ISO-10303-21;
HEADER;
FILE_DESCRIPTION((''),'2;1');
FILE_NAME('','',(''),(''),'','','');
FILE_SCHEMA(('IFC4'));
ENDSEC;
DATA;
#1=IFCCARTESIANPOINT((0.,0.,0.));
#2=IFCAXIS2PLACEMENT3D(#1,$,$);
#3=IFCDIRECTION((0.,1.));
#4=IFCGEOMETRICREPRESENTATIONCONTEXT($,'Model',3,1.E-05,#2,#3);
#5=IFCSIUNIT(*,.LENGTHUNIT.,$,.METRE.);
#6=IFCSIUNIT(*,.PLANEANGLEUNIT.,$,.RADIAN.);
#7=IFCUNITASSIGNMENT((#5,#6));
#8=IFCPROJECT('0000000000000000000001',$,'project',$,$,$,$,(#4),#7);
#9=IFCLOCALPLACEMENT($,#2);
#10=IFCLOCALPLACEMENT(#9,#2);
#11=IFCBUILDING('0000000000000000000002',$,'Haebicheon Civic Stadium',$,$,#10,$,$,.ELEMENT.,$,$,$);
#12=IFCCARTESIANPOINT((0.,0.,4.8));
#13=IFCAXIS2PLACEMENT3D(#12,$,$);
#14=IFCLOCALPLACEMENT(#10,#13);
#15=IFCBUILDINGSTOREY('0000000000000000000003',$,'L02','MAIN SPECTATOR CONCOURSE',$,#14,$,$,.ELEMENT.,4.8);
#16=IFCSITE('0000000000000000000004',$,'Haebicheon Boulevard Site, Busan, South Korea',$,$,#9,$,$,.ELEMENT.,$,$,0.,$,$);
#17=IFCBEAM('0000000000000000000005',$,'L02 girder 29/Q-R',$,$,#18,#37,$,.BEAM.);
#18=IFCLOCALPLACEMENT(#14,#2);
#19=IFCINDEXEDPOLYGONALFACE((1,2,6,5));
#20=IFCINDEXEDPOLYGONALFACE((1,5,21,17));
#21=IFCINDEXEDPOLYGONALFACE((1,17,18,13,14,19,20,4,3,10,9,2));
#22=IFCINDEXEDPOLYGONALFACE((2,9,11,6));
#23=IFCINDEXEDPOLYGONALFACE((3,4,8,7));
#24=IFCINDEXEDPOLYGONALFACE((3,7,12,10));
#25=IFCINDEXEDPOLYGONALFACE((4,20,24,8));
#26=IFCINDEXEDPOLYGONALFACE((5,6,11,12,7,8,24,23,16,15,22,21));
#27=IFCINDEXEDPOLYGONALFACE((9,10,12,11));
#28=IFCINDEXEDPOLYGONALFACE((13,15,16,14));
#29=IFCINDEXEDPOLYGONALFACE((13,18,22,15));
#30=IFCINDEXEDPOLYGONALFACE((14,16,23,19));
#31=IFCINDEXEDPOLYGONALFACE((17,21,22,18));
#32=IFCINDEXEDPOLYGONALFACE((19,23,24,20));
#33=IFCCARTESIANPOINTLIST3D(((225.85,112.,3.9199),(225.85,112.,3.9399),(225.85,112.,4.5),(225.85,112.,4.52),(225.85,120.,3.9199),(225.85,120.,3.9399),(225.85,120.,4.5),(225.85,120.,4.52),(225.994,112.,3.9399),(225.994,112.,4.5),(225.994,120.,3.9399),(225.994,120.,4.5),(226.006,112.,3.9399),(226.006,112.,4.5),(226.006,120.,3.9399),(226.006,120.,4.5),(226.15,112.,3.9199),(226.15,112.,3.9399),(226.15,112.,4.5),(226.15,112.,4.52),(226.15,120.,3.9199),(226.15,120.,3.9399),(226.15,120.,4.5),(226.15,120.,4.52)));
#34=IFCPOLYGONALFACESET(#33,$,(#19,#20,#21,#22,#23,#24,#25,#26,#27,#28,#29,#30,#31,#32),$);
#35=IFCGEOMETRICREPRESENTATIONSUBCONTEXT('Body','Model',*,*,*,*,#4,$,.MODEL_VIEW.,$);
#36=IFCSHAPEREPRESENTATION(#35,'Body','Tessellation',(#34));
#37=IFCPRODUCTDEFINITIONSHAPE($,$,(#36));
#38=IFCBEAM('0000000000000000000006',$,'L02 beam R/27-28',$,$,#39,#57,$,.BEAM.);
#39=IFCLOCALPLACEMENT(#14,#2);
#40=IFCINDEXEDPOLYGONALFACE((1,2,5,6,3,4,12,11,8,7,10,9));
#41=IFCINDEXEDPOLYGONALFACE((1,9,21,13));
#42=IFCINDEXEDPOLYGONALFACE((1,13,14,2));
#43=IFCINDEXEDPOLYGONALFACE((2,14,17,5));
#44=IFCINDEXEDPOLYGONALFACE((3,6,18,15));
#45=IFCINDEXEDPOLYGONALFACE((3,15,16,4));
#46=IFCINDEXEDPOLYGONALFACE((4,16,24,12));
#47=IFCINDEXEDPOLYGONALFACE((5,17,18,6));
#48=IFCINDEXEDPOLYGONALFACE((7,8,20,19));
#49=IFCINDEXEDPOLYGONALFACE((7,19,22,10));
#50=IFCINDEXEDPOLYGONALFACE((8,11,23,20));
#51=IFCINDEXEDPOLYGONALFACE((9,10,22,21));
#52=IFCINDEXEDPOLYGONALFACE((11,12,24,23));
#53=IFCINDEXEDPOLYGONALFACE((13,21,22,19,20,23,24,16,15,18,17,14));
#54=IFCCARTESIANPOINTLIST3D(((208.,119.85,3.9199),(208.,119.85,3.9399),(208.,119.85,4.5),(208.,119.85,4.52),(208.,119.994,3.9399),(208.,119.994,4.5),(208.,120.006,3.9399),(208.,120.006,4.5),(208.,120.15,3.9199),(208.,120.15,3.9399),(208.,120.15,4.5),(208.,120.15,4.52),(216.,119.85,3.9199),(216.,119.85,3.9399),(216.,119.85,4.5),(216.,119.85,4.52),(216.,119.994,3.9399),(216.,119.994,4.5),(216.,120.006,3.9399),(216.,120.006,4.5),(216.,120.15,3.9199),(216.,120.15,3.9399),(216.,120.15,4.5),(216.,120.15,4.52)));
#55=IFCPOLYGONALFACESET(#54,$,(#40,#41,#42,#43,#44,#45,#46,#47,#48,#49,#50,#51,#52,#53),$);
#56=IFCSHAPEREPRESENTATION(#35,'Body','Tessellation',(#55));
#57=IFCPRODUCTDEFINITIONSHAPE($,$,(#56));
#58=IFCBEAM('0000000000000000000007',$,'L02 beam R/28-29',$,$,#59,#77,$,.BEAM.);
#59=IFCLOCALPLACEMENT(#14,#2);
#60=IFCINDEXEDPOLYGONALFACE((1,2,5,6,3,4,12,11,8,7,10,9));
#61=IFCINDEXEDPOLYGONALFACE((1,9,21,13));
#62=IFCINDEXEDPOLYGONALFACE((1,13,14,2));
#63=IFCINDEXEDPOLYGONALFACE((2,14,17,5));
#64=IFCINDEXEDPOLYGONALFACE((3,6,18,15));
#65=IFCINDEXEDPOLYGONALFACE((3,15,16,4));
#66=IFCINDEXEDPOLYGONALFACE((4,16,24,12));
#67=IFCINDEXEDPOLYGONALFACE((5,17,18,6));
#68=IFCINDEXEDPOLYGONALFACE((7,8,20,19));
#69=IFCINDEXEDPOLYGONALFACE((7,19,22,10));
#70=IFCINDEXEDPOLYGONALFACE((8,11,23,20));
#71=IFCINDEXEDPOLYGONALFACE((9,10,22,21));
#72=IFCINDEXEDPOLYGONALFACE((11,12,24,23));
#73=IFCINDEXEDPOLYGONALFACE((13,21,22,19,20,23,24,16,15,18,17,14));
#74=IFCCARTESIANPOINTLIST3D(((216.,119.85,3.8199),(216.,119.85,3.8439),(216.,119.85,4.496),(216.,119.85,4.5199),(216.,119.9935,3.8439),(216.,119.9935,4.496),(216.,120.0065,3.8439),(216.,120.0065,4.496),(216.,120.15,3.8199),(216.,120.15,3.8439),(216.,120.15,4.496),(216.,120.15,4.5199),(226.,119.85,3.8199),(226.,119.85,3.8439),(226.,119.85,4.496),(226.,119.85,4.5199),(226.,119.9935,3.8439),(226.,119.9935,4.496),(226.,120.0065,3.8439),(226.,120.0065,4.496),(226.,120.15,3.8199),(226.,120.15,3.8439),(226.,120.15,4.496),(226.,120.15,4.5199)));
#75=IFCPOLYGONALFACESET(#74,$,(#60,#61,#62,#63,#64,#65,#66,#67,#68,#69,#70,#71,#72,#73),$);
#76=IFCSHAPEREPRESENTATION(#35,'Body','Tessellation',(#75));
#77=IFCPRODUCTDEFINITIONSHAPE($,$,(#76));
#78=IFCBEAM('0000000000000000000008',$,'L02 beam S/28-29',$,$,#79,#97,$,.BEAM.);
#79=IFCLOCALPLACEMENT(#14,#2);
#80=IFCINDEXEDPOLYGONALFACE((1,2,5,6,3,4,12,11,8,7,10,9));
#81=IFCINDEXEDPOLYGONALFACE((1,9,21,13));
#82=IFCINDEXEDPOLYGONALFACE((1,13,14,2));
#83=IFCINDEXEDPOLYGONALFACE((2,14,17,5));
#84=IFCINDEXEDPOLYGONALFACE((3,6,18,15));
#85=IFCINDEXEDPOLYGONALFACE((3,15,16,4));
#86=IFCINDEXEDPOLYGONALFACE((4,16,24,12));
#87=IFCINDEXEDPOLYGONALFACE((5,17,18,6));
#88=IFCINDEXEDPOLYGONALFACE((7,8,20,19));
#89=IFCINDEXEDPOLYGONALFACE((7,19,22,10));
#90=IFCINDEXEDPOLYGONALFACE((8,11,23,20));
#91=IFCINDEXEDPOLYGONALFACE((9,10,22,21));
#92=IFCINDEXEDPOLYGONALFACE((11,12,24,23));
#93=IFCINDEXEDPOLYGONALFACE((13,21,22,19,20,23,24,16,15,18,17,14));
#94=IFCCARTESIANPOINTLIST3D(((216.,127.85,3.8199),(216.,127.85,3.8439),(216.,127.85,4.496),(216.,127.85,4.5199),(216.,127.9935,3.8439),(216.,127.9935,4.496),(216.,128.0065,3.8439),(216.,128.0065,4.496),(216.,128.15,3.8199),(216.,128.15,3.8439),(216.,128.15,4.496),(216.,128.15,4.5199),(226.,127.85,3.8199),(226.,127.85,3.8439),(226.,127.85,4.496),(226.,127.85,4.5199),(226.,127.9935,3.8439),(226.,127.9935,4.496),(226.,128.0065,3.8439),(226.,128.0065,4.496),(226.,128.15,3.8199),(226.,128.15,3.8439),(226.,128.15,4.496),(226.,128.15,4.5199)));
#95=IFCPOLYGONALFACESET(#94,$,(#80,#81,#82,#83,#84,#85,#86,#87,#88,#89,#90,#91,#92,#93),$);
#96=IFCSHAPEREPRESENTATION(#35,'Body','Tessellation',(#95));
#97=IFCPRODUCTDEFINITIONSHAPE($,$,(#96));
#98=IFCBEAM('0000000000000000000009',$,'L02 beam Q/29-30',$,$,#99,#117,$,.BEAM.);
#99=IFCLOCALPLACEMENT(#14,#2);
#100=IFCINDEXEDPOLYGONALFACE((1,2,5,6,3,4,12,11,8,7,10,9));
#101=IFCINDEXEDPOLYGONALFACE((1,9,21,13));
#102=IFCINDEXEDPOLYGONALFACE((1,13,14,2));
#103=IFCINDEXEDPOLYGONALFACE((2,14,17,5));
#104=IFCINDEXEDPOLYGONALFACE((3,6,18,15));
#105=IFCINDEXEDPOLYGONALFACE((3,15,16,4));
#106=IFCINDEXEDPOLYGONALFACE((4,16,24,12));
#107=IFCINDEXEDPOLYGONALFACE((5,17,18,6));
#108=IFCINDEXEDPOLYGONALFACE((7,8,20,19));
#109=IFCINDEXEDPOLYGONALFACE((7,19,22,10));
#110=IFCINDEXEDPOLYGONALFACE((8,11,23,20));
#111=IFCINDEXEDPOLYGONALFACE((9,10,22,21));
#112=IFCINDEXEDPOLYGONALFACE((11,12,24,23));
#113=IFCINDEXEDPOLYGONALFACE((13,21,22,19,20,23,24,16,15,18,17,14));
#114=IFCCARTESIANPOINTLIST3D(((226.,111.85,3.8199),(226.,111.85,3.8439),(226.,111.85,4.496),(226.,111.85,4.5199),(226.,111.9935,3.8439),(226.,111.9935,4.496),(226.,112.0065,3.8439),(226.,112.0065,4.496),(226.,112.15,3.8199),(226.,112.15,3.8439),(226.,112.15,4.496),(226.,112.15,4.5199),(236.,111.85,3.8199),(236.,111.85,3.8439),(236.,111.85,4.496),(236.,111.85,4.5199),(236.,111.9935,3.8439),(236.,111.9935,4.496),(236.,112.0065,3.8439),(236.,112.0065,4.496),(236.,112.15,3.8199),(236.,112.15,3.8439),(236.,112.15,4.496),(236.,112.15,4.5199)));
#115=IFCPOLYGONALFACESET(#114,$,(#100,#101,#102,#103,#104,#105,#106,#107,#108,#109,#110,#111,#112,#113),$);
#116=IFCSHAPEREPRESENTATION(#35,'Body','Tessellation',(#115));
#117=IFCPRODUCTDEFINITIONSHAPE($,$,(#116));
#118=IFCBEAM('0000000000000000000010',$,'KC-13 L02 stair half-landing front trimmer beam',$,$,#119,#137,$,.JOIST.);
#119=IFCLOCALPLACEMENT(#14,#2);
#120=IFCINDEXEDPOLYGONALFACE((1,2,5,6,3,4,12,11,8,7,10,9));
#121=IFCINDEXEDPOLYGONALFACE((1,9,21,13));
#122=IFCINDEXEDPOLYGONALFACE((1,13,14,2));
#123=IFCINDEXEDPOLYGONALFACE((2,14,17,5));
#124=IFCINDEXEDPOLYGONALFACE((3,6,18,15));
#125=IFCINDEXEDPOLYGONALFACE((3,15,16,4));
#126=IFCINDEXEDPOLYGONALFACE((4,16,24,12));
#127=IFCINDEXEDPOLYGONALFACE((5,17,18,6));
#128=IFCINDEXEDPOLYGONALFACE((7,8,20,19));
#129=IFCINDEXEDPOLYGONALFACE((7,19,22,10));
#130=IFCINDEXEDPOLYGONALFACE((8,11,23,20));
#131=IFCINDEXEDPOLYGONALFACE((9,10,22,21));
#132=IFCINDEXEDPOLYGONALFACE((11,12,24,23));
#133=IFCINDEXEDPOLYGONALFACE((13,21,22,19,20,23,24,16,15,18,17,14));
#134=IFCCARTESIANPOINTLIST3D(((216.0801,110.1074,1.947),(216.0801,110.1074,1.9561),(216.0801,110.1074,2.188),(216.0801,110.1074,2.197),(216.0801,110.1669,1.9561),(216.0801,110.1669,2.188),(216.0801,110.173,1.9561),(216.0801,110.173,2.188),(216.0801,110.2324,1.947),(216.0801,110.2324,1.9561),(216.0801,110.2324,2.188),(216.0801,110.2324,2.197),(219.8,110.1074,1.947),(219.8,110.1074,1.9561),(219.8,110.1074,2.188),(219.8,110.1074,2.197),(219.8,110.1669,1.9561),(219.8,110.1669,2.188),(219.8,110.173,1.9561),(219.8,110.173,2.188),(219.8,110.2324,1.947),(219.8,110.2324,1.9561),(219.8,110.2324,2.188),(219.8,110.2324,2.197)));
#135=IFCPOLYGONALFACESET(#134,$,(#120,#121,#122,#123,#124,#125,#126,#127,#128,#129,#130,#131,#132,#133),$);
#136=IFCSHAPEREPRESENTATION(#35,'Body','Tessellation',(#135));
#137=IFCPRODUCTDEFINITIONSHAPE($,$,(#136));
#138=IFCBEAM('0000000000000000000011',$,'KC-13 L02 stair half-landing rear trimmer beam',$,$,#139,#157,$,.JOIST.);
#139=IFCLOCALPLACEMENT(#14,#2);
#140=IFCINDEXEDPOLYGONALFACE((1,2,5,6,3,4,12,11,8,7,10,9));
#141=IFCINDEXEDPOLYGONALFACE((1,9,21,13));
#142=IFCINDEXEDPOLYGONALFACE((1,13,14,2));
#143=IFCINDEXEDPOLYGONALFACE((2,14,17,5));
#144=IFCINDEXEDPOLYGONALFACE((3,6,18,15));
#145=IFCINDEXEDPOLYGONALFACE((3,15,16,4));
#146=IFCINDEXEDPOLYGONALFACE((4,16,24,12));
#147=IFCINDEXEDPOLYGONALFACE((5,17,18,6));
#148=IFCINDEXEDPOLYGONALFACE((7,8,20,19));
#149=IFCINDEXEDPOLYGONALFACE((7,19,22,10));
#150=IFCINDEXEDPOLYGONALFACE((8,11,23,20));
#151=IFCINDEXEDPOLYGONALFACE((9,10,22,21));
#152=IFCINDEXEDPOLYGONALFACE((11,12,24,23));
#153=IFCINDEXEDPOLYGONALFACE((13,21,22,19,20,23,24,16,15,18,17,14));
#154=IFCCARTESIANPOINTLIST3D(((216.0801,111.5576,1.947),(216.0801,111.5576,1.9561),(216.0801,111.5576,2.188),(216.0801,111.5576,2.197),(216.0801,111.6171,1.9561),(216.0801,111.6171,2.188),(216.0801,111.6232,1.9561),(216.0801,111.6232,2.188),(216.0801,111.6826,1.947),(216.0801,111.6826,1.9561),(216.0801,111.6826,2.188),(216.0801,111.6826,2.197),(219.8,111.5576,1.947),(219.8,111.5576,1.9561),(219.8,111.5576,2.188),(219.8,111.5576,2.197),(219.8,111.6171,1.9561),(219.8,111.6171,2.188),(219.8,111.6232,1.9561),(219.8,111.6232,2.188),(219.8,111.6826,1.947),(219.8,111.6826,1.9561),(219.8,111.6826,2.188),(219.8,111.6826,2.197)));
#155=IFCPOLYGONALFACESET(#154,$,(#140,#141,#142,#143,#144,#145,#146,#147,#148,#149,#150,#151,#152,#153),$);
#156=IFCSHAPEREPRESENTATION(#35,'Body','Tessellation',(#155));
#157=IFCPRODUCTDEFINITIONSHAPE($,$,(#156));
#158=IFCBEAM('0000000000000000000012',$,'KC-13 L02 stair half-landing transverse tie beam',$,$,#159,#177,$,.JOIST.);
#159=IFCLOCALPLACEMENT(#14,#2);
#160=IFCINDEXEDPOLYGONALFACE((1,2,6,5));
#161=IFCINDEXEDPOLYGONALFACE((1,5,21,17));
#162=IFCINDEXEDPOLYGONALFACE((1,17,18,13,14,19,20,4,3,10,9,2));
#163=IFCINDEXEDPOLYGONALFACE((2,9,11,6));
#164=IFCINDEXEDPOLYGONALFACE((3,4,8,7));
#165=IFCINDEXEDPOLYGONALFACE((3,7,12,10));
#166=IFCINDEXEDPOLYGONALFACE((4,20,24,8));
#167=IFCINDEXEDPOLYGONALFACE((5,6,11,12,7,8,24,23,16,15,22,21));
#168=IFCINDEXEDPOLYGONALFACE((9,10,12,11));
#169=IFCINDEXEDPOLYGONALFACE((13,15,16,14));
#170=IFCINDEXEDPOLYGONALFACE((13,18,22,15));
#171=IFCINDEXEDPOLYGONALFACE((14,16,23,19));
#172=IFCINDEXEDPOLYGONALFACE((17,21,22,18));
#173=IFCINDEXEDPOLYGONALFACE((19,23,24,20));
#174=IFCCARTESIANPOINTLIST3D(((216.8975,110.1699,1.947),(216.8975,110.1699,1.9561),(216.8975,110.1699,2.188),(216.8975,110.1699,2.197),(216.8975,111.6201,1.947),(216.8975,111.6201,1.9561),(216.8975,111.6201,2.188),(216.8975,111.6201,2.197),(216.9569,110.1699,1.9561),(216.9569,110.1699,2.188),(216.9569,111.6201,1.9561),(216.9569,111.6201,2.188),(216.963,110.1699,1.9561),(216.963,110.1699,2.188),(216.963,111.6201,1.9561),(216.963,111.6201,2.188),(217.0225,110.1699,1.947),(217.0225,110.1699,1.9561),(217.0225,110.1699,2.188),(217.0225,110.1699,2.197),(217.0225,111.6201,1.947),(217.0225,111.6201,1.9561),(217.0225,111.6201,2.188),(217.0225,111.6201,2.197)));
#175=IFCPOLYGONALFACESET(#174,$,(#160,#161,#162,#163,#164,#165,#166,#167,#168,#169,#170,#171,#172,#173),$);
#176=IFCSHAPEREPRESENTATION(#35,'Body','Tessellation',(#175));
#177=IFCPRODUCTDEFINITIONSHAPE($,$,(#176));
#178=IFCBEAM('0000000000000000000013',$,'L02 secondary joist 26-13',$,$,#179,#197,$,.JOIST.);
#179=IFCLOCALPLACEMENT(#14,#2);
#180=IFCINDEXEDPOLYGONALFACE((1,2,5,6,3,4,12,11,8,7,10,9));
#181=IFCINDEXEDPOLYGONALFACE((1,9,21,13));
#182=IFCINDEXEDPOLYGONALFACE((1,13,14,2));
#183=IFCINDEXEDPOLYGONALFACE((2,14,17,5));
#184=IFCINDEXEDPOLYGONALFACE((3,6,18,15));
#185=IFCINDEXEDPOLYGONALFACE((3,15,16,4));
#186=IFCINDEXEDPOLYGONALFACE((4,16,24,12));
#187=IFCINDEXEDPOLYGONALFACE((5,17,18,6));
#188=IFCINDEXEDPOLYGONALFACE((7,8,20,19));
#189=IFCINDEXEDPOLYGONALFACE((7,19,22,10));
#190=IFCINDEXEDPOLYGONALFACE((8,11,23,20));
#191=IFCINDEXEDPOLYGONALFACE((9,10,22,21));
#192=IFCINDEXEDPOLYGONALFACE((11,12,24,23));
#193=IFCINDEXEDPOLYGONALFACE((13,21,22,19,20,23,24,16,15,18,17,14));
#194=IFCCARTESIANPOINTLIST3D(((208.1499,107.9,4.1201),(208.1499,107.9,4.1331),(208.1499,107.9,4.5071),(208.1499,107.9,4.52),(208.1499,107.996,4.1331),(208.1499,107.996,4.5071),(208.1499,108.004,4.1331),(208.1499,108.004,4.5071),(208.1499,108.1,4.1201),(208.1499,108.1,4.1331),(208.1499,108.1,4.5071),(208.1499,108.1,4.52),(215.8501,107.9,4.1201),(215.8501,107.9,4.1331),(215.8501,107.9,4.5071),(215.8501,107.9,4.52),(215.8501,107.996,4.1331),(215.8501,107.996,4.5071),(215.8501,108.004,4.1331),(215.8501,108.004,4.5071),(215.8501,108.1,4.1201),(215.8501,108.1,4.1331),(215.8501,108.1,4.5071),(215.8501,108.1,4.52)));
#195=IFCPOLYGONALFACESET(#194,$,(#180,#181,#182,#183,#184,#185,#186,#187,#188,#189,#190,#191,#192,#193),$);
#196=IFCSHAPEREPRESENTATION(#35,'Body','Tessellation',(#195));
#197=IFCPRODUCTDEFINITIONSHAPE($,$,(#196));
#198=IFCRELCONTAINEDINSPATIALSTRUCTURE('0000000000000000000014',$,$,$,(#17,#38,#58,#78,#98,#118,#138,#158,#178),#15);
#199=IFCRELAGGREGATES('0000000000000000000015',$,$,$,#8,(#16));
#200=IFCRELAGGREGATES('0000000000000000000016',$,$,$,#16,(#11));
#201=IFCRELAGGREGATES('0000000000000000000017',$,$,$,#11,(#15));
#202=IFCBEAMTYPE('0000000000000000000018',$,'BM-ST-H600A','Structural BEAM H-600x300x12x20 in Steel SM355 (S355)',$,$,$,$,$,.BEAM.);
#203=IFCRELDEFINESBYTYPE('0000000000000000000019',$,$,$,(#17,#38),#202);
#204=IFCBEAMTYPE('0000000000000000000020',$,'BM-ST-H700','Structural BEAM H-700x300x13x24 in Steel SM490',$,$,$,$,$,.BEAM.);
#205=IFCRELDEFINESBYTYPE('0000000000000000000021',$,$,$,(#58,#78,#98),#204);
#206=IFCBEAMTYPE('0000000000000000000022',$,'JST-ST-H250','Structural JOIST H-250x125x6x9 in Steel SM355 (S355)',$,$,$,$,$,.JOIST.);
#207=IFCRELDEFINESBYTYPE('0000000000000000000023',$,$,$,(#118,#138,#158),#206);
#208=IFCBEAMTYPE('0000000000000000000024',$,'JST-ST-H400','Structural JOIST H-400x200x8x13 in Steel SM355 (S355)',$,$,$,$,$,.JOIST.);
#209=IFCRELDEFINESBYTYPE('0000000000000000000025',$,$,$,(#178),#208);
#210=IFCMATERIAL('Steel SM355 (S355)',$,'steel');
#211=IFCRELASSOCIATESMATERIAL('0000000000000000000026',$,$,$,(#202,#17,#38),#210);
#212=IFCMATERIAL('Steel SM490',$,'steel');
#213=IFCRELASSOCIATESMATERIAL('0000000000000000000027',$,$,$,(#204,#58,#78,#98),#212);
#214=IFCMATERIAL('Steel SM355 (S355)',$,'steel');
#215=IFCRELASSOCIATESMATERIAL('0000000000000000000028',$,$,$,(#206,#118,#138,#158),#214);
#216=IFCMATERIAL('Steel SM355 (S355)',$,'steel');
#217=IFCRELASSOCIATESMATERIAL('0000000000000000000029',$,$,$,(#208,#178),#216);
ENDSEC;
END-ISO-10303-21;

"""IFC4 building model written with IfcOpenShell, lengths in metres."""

from ifc_helpers import new_model, si_unit, direction, frame, origin, origin_2d, place, context, subcontext, project, spatial, i_section, extrude, material, material_profile, profile_set, type_object, element, save


model = new_model("IFC4")

# Units and contexts
model_context = context("Model", 3, precision=1e-05, world=origin(), true_north=direction((0.0, 1.0)))
body_context = subcontext(model_context, "Body", "Model", "MODEL_VIEW")
ifc_project = project(units=[si_unit("LENGTHUNIT", "METRE"), si_unit("PLANEANGLEUNIT", "RADIAN")], contexts=[model_context])

# Site, building, storey
site_placement = place(None, origin())
site = spatial("IfcSite", under=ifc_project, at=site_placement, Name="Haebicheon Boulevard Site, Busan, South Korea", CompositionType="ELEMENT", RefElevation=0.0)
building_placement = place(site_placement, origin())
building = spatial("IfcBuilding", under=site, at=building_placement, Name="Haebicheon Civic Stadium", CompositionType="ELEMENT")
storey_placement = place(building_placement, frame((0.0, 0.0, 4.8)))
storey = spatial("IfcBuildingStorey", under=building, at=storey_placement, Name="L02", Description="MAIN SPECTATOR CONCOURSE", CompositionType="ELEMENT", Elevation=4.8)

# Beams
ifc_material_1 = material(Name="Steel SM355 (S355)", Category="steel")
ifc_material_profile_1 = material_profile(ifc_material_1, i_section(OverallWidth=0.3, OverallDepth=0.6001, WebThickness=0.012, FlangeThickness=0.02, at=origin_2d()), Name="H-600x300x12x20")
ifc_profile_set_1 = profile_set([ifc_material_profile_1], Name="Steel SM355 (S355)")
beam_type_1 = type_object("IfcBeamType", Name="BM-ST-H600A", Description="Structural BEAM H-600x300x12x20 in Steel SM355 (S355)", PredefinedType="BEAM", material=ifc_profile_set_1)
for number, where, z_axis, x_axis, name in (
    (1, (226.0, 112.0, 4.22), (0.0, 1.0, 0.0), (-1.0, 0.0, 0.0), "L02 girder 29/Q-R"),
    (2, (208.0, 120.0, 4.22), (1.0, 0.0, 0.0), (0.0, 1.0, 0.0), "L02 beam R/27-28"),
):
    element("IfcBeam", number, at=place(storey_placement, frame(where, z_axis=z_axis, x_axis=x_axis)), inside=storey, type_object=beam_type_1, material=ifc_profile_set_1, Name=name, PredefinedType="BEAM", context=body_context, shape_type="SweptSolid", body=[
        extrude(i_section(OverallWidth=0.3, OverallDepth=0.6001, WebThickness=0.012, FlangeThickness=0.02, at=origin_2d()), origin(), (0.0, 0.0, 1.0), 8.0),
    ])
ifc_material_2 = material(Name="Steel SM490", Category="steel")
ifc_material_profile_2 = material_profile(ifc_material_2, i_section(OverallWidth=0.3, OverallDepth=0.7, WebThickness=0.0129, FlangeThickness=0.0239, at=origin_2d()), Name="H-700x300x13x24")
ifc_profile_set_2 = profile_set([ifc_material_profile_2], Name="Steel SM490")
beam_type_2 = type_object("IfcBeamType", Name="BM-ST-H700", Description="Structural BEAM H-700x300x13x24 in Steel SM490", PredefinedType="BEAM", material=ifc_profile_set_2)
for number, where, z_axis, x_axis, name in (
    (3, (216.0, 120.0, 4.1699), (1.0, 0.0, 0.0), (0.0, 1.0, 0.0), "L02 beam R/28-29"),
    (4, (216.0, 128.0, 4.1699), (1.0, 0.0, 0.0), (0.0, 1.0, 0.0), "L02 beam S/28-29"),
    (5, (226.0, 112.0, 4.1699), (1.0, 0.0, 0.0), (0.0, 1.0, 0.0), "L02 beam Q/29-30"),
):
    element("IfcBeam", number, at=place(storey_placement, frame(where, z_axis=z_axis, x_axis=x_axis)), inside=storey, type_object=beam_type_2, material=ifc_profile_set_2, Name=name, PredefinedType="BEAM", context=body_context, shape_type="SweptSolid", body=[
        extrude(i_section(OverallWidth=0.3, OverallDepth=0.7, WebThickness=0.0129, FlangeThickness=0.0239, at=origin_2d()), origin(), (0.0, 0.0, 1.0), 10.0),
    ])
ifc_material_3 = material(Name="Steel SM355 (S355)", Category="steel")
ifc_material_profile_3 = material_profile(ifc_material_3, i_section(OverallWidth=0.125, OverallDepth=0.25, WebThickness=0.0061, FlangeThickness=0.009, at=origin_2d()), Name="H-250x125x6x9")
ifc_profile_set_3 = profile_set([ifc_material_profile_3], Name="Steel SM355 (S355)")
beam_type_3 = type_object("IfcBeamType", Name="JST-ST-H250", Description="Structural JOIST H-250x125x6x9 in Steel SM355 (S355)", PredefinedType="JOIST", material=ifc_profile_set_3)
for number, where, z_axis, x_axis, name in (
    (6, (216.0801, 110.1699, 2.072), (1.0, 0.0, 0.0), (0.0, 1.0, 0.0), "KC-13 L02 stair half-landing front trimmer beam"),
    (7, (216.0801, 111.6201, 2.072), (1.0, 0.0, 0.0), (0.0, 1.0, 0.0), "KC-13 L02 stair half-landing rear trimmer beam"),
):
    element("IfcBeam", number, at=place(storey_placement, frame(where, z_axis=z_axis, x_axis=x_axis)), inside=storey, type_object=beam_type_3, material=ifc_profile_set_3, Name=name, PredefinedType="JOIST", context=body_context, shape_type="SweptSolid", body=[
        extrude(i_section(OverallWidth=0.125, OverallDepth=0.25, WebThickness=0.0061, FlangeThickness=0.009, at=origin_2d()), origin(), (0.0, 0.0, 1.0), 3.72),
    ])
beam_1_placement = place(storey_placement, frame((216.96, 110.1699, 2.072), z_axis=(0.0, 1.0, 0.0), x_axis=(-1.0, 0.0, 0.0)))
element("IfcBeam", 8, at=beam_1_placement, inside=storey, type_object=beam_type_3, material=ifc_profile_set_3, Name="KC-13 L02 stair half-landing transverse tie beam", PredefinedType="JOIST", context=body_context, shape_type="SweptSolid", body=[
    extrude(i_section(OverallWidth=0.125, OverallDepth=0.25, WebThickness=0.0061, FlangeThickness=0.009, at=origin_2d()), origin(), (0.0, 0.0, 1.0), 1.4502),
])
ifc_material_4 = material(Name="Steel SM355 (S355)", Category="steel")
ifc_material_profile_4 = material_profile(ifc_material_4, i_section(OverallWidth=0.2, OverallDepth=0.3999, WebThickness=0.0081, FlangeThickness=0.0129, at=origin_2d()), Name="H-400x200x8x13")
ifc_profile_set_4 = profile_set([ifc_material_profile_4], Name="Steel SM355 (S355)")
beam_type_4 = type_object("IfcBeamType", Name="JST-ST-H400", Description="Structural JOIST H-400x200x8x13 in Steel SM355 (S355)", PredefinedType="JOIST", material=ifc_profile_set_4)
for number, where, z_axis, x_axis, name in (
    (9, (208.1499, 108.0, 4.3201), (1.0, 0.0, 0.0), (0.0, 1.0, 0.0), "L02 secondary joist 26-13"),
):
    element("IfcBeam", number, at=place(storey_placement, frame(where, z_axis=z_axis, x_axis=x_axis)), inside=storey, type_object=beam_type_4, material=ifc_profile_set_4, Name=name, PredefinedType="JOIST", context=body_context, shape_type="SweptSolid", body=[
        extrude(i_section(OverallWidth=0.2, OverallDepth=0.3999, WebThickness=0.0081, FlangeThickness=0.0129, at=origin_2d()), origin(), (0.0, 0.0, 1.0), 7.7002),
    ])

save(model, "model.ifc")
